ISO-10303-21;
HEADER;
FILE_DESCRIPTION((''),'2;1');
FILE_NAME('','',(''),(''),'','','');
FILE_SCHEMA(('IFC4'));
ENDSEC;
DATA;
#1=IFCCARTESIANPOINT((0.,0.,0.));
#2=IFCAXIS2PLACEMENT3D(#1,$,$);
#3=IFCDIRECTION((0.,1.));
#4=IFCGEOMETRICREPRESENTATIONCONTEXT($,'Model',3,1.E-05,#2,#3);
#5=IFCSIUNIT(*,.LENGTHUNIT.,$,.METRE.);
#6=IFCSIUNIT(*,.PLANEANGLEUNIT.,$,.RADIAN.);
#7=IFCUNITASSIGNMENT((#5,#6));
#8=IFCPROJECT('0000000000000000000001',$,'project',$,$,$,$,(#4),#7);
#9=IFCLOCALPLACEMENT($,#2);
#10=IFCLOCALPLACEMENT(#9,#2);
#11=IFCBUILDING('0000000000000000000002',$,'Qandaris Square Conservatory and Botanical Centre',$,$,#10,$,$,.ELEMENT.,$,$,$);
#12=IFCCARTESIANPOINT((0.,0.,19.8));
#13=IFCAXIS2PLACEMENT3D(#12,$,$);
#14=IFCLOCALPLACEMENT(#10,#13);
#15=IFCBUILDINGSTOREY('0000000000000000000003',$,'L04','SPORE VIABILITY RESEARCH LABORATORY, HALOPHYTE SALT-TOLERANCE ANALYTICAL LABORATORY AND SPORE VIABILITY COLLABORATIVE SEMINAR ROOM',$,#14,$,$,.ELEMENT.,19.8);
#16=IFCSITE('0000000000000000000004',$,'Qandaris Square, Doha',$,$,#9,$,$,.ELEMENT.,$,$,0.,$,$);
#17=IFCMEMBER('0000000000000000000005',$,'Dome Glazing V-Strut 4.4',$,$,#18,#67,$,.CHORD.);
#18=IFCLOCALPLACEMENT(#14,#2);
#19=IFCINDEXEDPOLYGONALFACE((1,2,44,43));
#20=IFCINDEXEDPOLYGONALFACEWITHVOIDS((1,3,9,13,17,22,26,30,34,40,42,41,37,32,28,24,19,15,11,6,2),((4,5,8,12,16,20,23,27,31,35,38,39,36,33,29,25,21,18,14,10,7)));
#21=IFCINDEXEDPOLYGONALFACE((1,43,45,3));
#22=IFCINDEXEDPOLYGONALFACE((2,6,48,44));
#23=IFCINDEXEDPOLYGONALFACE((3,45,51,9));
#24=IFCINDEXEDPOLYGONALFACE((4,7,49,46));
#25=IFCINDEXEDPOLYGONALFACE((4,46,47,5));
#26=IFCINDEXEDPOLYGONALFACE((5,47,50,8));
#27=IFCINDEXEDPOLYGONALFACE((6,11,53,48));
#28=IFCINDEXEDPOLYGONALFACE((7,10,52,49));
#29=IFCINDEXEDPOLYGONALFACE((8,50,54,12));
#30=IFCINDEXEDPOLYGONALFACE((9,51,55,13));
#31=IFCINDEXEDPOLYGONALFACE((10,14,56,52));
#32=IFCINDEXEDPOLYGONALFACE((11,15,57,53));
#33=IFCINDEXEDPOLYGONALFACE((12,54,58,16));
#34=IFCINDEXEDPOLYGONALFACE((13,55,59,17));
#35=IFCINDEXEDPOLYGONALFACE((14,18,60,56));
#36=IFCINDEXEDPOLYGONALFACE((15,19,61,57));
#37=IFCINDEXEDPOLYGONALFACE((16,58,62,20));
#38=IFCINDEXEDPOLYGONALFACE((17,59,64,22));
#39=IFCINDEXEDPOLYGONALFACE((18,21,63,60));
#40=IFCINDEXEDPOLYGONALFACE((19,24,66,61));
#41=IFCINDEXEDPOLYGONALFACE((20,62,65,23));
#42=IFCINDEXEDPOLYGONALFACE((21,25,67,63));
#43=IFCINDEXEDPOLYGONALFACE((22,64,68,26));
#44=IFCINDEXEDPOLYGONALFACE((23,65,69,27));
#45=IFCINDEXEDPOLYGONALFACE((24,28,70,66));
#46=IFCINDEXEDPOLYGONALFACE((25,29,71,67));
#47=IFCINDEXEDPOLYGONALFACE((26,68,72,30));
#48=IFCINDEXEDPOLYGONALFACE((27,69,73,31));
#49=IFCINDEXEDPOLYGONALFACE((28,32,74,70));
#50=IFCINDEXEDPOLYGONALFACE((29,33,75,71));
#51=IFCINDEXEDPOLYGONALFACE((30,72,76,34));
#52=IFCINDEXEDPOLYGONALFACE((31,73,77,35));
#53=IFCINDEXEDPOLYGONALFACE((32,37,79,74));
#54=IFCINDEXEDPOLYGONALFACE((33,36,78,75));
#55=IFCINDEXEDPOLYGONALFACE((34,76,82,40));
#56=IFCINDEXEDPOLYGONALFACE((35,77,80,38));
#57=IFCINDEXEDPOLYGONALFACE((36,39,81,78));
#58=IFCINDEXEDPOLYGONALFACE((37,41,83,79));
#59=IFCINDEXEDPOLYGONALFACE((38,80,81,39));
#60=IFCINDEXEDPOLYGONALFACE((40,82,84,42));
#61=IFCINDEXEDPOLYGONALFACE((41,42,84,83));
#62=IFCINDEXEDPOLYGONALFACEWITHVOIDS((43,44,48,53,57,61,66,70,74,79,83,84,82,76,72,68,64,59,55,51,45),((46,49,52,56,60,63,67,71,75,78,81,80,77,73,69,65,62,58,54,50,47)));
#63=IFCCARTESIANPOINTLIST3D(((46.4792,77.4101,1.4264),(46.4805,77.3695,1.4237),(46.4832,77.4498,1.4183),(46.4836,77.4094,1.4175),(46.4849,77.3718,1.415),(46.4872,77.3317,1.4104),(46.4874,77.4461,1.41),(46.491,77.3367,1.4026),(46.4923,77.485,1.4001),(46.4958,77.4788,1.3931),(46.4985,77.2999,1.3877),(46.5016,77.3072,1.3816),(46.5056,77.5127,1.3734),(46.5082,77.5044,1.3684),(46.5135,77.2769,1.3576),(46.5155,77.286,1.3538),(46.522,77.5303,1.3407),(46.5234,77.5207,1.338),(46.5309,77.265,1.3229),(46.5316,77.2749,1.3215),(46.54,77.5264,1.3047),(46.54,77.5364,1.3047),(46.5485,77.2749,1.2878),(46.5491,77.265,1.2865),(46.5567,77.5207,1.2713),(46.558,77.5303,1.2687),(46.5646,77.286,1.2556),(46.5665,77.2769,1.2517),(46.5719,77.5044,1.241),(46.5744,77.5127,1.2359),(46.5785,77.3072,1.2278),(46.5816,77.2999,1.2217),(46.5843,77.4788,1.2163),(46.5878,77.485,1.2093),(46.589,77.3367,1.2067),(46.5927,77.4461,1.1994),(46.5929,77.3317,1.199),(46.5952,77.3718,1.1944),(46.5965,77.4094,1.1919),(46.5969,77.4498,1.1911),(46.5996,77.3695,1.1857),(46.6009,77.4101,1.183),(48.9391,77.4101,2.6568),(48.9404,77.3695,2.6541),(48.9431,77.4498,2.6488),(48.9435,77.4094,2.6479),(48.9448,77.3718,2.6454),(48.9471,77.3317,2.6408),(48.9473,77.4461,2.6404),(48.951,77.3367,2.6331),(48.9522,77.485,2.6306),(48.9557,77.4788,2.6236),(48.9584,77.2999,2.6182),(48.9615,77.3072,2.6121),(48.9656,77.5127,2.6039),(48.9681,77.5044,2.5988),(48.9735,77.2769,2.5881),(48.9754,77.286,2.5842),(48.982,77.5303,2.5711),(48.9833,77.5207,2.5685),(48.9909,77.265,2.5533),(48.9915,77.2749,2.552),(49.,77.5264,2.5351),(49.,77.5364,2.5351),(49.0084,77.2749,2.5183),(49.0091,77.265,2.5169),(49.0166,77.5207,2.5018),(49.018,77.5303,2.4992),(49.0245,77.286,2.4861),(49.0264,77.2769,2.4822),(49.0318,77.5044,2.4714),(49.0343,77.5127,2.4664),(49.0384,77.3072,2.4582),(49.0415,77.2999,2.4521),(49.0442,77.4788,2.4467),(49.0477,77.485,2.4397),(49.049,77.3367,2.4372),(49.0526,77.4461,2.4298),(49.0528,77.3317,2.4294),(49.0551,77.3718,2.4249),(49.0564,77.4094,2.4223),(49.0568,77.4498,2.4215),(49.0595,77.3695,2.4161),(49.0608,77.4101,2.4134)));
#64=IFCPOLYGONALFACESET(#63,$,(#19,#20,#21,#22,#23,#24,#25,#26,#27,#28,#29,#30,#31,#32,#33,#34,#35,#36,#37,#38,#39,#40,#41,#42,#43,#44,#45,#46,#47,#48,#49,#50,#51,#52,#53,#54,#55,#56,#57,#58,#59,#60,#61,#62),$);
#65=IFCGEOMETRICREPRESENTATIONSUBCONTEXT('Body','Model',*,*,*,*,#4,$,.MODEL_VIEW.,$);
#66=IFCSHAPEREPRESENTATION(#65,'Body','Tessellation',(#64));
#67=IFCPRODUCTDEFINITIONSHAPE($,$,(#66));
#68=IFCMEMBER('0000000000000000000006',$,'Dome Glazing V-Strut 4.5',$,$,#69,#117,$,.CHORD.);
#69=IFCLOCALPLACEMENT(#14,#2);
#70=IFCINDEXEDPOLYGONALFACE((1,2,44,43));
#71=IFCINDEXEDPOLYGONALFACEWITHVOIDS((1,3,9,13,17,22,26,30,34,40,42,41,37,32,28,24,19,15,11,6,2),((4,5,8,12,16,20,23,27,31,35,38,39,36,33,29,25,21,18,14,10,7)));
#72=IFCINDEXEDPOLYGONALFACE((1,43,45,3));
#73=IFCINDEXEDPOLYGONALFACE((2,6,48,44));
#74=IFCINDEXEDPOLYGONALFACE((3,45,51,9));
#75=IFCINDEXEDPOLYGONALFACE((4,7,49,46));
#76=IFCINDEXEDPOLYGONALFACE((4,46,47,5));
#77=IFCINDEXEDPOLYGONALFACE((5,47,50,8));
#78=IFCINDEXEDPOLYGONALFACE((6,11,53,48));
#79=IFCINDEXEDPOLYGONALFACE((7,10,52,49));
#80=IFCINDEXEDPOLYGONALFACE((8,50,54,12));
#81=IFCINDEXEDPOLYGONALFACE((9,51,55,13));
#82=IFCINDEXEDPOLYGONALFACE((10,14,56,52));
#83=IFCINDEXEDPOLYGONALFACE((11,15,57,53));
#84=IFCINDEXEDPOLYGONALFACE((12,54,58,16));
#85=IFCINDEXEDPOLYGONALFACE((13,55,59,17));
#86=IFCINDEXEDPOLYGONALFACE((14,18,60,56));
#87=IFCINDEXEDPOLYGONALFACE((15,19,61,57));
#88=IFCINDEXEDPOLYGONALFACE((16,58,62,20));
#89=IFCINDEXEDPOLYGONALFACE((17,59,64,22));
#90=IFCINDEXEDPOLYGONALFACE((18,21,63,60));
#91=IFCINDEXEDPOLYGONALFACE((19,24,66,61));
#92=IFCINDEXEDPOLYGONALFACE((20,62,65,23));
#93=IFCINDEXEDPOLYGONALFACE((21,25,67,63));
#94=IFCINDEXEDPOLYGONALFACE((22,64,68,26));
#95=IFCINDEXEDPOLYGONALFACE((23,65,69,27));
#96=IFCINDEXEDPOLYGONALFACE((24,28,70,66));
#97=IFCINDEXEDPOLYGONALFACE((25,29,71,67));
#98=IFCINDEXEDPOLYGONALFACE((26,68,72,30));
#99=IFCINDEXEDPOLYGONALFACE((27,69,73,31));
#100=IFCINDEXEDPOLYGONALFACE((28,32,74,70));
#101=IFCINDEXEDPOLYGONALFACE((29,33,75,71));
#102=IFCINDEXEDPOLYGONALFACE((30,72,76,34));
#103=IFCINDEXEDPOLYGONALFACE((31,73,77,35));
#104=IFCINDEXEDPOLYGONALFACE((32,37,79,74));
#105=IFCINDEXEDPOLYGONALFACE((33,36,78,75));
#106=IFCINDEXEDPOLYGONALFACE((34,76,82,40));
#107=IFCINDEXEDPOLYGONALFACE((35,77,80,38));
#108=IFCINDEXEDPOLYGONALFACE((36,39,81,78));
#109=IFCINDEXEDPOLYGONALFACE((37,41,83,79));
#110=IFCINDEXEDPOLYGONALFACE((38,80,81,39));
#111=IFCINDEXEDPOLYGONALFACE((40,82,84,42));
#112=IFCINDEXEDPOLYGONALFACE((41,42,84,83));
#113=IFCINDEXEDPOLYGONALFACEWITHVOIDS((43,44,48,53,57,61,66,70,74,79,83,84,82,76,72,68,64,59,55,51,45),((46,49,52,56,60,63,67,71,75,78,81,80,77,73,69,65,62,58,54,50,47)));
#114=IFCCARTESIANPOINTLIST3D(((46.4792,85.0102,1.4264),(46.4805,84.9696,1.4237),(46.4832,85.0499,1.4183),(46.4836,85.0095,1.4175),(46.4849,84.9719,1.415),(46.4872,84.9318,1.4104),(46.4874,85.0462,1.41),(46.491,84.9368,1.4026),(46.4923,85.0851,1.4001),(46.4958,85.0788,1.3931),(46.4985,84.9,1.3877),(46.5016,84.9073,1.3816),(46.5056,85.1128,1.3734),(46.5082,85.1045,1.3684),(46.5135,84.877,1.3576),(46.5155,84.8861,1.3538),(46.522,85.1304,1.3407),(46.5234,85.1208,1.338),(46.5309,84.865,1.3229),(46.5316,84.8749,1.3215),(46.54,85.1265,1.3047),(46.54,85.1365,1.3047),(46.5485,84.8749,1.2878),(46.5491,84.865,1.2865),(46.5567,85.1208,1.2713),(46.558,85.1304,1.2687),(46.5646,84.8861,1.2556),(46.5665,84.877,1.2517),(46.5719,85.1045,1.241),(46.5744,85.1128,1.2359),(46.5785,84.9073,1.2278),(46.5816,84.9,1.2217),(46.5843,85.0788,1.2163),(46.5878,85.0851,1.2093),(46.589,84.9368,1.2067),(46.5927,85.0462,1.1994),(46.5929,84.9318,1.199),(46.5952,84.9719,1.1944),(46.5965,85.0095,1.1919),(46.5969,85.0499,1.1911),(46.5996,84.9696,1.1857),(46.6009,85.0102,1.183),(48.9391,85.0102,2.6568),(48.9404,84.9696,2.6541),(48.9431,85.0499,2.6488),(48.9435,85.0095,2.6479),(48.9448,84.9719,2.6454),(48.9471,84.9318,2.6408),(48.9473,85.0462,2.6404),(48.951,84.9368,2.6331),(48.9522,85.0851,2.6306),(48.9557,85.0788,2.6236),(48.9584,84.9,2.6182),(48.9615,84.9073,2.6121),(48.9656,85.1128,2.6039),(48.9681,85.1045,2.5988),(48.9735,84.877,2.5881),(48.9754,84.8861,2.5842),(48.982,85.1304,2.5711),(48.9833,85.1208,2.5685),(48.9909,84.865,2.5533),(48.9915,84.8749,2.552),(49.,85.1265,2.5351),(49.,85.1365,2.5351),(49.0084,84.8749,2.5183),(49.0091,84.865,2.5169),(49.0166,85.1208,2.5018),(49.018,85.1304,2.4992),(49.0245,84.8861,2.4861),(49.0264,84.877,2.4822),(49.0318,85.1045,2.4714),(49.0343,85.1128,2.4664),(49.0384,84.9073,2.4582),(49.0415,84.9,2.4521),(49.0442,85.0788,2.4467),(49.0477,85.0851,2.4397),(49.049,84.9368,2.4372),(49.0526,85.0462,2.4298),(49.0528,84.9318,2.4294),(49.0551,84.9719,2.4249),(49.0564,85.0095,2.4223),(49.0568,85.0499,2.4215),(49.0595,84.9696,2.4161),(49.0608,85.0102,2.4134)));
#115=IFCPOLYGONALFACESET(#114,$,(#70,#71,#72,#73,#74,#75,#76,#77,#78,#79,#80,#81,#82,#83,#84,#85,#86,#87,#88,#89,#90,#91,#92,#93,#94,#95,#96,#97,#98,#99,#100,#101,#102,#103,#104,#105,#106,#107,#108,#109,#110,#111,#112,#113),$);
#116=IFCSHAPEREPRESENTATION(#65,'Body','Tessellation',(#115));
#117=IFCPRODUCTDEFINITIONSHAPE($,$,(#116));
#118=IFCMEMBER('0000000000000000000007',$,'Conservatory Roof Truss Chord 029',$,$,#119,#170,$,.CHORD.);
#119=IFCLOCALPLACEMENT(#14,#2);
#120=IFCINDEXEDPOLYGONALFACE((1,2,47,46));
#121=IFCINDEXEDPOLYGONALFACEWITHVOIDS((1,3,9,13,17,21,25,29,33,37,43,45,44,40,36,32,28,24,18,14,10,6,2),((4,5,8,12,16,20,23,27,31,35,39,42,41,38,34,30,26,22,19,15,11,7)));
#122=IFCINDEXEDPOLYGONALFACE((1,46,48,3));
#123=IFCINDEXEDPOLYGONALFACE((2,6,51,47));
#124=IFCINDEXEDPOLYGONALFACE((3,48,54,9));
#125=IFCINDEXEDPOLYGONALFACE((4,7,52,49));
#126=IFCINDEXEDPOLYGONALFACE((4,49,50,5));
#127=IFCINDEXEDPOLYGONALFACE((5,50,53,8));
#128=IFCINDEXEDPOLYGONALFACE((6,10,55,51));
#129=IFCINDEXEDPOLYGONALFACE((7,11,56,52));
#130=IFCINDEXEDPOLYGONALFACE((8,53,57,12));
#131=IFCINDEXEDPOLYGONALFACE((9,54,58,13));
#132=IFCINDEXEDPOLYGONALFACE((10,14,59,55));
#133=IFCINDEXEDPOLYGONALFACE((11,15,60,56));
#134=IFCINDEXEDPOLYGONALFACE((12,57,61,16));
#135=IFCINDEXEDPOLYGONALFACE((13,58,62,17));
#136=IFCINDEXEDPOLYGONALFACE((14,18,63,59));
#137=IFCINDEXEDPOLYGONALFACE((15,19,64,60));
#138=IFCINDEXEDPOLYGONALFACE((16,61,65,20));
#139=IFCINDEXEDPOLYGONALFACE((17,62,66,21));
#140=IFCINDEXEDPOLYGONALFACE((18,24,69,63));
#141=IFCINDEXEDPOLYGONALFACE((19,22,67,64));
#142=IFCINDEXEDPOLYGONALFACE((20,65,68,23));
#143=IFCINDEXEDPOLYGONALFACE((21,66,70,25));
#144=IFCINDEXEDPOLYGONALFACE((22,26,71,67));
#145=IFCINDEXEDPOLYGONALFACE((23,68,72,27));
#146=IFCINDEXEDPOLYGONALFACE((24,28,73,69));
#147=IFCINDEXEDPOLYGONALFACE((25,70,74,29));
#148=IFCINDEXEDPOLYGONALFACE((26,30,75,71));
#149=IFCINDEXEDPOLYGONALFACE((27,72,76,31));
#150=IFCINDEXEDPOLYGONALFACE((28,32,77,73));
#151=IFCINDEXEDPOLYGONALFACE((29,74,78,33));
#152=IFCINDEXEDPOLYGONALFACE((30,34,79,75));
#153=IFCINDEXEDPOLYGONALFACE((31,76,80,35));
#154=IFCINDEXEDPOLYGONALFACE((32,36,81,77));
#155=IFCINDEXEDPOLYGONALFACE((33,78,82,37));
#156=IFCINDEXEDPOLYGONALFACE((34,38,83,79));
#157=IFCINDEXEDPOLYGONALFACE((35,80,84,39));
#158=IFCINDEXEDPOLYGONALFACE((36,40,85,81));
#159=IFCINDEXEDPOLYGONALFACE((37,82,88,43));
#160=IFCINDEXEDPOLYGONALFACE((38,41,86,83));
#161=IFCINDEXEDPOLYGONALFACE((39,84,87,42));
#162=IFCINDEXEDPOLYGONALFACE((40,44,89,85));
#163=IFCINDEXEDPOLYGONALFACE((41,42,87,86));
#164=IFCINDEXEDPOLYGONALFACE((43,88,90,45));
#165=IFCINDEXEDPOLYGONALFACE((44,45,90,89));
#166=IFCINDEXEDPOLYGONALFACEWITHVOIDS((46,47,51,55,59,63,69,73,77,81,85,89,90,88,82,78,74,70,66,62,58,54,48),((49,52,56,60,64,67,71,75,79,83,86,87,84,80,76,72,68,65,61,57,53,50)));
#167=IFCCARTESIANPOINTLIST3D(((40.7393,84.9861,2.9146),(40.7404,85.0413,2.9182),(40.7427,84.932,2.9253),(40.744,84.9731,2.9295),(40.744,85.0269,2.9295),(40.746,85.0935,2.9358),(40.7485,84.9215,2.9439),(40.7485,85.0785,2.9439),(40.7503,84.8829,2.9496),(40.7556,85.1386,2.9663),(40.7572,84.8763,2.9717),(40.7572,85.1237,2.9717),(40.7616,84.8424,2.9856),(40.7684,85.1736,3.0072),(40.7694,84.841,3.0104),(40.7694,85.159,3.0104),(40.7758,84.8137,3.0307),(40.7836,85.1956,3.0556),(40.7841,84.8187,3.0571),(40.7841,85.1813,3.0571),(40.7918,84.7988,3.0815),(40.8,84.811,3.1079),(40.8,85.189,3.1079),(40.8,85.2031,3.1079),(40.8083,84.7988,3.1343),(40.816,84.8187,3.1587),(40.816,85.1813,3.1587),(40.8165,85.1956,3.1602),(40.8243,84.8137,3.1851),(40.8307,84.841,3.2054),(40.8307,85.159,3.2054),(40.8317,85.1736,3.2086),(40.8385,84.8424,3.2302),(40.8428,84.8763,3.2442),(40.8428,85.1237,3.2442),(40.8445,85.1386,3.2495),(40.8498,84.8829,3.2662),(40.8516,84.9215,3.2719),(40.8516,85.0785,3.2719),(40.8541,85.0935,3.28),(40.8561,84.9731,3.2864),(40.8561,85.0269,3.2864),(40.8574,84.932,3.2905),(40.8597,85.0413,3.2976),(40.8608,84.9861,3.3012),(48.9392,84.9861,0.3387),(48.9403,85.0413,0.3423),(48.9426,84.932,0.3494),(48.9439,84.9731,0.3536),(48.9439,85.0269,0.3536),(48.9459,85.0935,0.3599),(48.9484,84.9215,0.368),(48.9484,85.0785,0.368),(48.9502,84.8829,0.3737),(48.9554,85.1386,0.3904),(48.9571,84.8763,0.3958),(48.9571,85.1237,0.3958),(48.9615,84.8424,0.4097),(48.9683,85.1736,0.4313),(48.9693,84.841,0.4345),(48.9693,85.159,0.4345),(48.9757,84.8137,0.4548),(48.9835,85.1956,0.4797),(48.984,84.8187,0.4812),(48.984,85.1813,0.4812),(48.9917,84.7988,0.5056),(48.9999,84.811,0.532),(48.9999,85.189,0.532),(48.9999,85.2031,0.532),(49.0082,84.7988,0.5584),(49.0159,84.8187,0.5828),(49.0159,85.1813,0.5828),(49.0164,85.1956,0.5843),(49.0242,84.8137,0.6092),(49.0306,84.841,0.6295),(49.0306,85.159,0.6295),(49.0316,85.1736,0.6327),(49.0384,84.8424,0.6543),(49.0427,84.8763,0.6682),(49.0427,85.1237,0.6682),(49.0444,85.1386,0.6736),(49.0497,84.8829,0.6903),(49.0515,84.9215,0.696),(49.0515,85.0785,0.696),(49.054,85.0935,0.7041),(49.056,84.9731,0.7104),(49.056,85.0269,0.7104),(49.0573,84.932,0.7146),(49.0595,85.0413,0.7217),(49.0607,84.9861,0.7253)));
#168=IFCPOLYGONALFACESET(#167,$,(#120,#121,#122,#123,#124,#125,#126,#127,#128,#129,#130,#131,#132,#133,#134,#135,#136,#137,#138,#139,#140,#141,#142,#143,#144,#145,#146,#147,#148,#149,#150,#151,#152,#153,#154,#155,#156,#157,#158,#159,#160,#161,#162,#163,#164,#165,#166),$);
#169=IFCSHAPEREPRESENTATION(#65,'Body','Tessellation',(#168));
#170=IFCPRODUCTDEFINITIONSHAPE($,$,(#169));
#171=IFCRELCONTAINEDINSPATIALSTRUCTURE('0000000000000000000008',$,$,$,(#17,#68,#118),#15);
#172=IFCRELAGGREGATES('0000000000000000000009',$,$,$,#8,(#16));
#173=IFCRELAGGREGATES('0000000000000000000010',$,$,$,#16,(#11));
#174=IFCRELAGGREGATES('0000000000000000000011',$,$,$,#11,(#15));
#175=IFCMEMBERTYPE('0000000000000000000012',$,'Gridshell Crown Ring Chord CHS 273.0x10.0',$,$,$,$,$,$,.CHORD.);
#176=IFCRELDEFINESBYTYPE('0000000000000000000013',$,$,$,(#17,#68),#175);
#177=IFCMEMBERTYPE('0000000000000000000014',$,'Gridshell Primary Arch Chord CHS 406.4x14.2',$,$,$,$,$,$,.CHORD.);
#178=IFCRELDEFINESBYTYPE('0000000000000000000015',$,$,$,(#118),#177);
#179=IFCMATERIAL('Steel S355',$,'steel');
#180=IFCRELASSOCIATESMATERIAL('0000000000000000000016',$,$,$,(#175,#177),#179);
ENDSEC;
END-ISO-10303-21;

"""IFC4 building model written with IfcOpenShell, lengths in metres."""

from ifc_helpers import new_model, si_unit, direction, frame, origin, origin_2d, place, context, subcontext, project, spatial, hollow_circle, extrude, material, material_profile, profile_set, type_object, element, save


model = new_model("IFC4")

# Units and contexts
model_context = context("Model", 3, precision=1e-05, world=origin(), true_north=direction((0.0, 1.0)))
body_context = subcontext(model_context, "Body", "Model", "MODEL_VIEW")
ifc_project = project(units=[si_unit("LENGTHUNIT", "METRE"), si_unit("PLANEANGLEUNIT", "RADIAN")], contexts=[model_context])

# Site, building, storey
site_placement = place(None, origin())
site = spatial("IfcSite", under=ifc_project, at=site_placement, Name="Qandaris Square, Doha", CompositionType="ELEMENT", RefElevation=0.0)
building_placement = place(site_placement, origin())
building = spatial("IfcBuilding", under=site, at=building_placement, Name="Qandaris Square Conservatory and Botanical Centre", CompositionType="ELEMENT")
storey_placement = place(building_placement, frame((0.0, 0.0, 19.8)))
storey = spatial("IfcBuildingStorey", under=building, at=storey_placement, Name="L04", Description="SPORE VIABILITY RESEARCH LABORATORY, HALOPHYTE SALT-TOLERANCE ANALYTICAL LABORATORY AND SPORE VIABILITY COLLABORATIVE SEMINAR ROOM", CompositionType="ELEMENT", Elevation=19.8)

# Members
ifc_material = material(Name="Steel S355", Category="steel")
ifc_material_profile_1 = material_profile(ifc_material, hollow_circle(Radius=0.1365, WallThickness=0.01, at=origin_2d()), Name="CHS 273.0x10.0")
ifc_profile_set_1 = profile_set([ifc_material_profile_1], Name="Steel S355")
member_type_1 = type_object("IfcMemberType", Name="Gridshell Crown Ring Chord CHS 273.0x10.0", PredefinedType="CHORD", material=ifc_profile_set_1)
for number, where, z_axis, x_axis, name in (
    (1, (46.54, 77.3999, 1.3047), (0.894356, 0.0, 0.447356), (0.0, 1.0, 0.0), "Dome Glazing V-Strut 4.4"),
    (2, (46.54, 85.0, 1.3047), (0.894356, 0.0, 0.447356), (0.0, 1.0, 0.0), "Dome Glazing V-Strut 4.5"),
):
    element("IfcMember", number, at=place(storey_placement, frame(where, z_axis=z_axis, x_axis=x_axis)), inside=storey, type_object=member_type_1, Name=name, PredefinedType="CHORD", context=body_context, shape_type="SweptSolid", body=[
        extrude(hollow_circle(Radius=0.1365, WallThickness=0.01, at=origin_2d()), origin(), (0.0, 0.0, 1.0), 2.7505),
    ])
ifc_material_profile_2 = material_profile(ifc_material, hollow_circle(Radius=0.2031, WallThickness=0.0142, at=origin_2d()), Name="CHS 406.4x14.2")
ifc_profile_set_2 = profile_set([ifc_material_profile_2], Name="Steel S355")
member_type_2 = type_object("IfcMemberType", Name="Gridshell Primary Arch Chord CHS 406.4x14.2", PredefinedType="CHORD", material=ifc_profile_set_2)
member_1_placement = place(storey_placement, frame((40.8, 85.0, 3.1079), z_axis=(0.954034, 0.0, -0.2997), x_axis=(0.0, 1.0, 0.0)))
element("IfcMember", 3, at=member_1_placement, inside=storey, type_object=member_type_2, Name="Conservatory Roof Truss Chord 029", PredefinedType="CHORD", context=body_context, shape_type="SweptSolid", body=[
    extrude(hollow_circle(Radius=0.2031, WallThickness=0.0142, at=origin_2d()), origin(), (0.0, 0.0, 1.0), 8.595),
])

save(model, "model.ifc")
